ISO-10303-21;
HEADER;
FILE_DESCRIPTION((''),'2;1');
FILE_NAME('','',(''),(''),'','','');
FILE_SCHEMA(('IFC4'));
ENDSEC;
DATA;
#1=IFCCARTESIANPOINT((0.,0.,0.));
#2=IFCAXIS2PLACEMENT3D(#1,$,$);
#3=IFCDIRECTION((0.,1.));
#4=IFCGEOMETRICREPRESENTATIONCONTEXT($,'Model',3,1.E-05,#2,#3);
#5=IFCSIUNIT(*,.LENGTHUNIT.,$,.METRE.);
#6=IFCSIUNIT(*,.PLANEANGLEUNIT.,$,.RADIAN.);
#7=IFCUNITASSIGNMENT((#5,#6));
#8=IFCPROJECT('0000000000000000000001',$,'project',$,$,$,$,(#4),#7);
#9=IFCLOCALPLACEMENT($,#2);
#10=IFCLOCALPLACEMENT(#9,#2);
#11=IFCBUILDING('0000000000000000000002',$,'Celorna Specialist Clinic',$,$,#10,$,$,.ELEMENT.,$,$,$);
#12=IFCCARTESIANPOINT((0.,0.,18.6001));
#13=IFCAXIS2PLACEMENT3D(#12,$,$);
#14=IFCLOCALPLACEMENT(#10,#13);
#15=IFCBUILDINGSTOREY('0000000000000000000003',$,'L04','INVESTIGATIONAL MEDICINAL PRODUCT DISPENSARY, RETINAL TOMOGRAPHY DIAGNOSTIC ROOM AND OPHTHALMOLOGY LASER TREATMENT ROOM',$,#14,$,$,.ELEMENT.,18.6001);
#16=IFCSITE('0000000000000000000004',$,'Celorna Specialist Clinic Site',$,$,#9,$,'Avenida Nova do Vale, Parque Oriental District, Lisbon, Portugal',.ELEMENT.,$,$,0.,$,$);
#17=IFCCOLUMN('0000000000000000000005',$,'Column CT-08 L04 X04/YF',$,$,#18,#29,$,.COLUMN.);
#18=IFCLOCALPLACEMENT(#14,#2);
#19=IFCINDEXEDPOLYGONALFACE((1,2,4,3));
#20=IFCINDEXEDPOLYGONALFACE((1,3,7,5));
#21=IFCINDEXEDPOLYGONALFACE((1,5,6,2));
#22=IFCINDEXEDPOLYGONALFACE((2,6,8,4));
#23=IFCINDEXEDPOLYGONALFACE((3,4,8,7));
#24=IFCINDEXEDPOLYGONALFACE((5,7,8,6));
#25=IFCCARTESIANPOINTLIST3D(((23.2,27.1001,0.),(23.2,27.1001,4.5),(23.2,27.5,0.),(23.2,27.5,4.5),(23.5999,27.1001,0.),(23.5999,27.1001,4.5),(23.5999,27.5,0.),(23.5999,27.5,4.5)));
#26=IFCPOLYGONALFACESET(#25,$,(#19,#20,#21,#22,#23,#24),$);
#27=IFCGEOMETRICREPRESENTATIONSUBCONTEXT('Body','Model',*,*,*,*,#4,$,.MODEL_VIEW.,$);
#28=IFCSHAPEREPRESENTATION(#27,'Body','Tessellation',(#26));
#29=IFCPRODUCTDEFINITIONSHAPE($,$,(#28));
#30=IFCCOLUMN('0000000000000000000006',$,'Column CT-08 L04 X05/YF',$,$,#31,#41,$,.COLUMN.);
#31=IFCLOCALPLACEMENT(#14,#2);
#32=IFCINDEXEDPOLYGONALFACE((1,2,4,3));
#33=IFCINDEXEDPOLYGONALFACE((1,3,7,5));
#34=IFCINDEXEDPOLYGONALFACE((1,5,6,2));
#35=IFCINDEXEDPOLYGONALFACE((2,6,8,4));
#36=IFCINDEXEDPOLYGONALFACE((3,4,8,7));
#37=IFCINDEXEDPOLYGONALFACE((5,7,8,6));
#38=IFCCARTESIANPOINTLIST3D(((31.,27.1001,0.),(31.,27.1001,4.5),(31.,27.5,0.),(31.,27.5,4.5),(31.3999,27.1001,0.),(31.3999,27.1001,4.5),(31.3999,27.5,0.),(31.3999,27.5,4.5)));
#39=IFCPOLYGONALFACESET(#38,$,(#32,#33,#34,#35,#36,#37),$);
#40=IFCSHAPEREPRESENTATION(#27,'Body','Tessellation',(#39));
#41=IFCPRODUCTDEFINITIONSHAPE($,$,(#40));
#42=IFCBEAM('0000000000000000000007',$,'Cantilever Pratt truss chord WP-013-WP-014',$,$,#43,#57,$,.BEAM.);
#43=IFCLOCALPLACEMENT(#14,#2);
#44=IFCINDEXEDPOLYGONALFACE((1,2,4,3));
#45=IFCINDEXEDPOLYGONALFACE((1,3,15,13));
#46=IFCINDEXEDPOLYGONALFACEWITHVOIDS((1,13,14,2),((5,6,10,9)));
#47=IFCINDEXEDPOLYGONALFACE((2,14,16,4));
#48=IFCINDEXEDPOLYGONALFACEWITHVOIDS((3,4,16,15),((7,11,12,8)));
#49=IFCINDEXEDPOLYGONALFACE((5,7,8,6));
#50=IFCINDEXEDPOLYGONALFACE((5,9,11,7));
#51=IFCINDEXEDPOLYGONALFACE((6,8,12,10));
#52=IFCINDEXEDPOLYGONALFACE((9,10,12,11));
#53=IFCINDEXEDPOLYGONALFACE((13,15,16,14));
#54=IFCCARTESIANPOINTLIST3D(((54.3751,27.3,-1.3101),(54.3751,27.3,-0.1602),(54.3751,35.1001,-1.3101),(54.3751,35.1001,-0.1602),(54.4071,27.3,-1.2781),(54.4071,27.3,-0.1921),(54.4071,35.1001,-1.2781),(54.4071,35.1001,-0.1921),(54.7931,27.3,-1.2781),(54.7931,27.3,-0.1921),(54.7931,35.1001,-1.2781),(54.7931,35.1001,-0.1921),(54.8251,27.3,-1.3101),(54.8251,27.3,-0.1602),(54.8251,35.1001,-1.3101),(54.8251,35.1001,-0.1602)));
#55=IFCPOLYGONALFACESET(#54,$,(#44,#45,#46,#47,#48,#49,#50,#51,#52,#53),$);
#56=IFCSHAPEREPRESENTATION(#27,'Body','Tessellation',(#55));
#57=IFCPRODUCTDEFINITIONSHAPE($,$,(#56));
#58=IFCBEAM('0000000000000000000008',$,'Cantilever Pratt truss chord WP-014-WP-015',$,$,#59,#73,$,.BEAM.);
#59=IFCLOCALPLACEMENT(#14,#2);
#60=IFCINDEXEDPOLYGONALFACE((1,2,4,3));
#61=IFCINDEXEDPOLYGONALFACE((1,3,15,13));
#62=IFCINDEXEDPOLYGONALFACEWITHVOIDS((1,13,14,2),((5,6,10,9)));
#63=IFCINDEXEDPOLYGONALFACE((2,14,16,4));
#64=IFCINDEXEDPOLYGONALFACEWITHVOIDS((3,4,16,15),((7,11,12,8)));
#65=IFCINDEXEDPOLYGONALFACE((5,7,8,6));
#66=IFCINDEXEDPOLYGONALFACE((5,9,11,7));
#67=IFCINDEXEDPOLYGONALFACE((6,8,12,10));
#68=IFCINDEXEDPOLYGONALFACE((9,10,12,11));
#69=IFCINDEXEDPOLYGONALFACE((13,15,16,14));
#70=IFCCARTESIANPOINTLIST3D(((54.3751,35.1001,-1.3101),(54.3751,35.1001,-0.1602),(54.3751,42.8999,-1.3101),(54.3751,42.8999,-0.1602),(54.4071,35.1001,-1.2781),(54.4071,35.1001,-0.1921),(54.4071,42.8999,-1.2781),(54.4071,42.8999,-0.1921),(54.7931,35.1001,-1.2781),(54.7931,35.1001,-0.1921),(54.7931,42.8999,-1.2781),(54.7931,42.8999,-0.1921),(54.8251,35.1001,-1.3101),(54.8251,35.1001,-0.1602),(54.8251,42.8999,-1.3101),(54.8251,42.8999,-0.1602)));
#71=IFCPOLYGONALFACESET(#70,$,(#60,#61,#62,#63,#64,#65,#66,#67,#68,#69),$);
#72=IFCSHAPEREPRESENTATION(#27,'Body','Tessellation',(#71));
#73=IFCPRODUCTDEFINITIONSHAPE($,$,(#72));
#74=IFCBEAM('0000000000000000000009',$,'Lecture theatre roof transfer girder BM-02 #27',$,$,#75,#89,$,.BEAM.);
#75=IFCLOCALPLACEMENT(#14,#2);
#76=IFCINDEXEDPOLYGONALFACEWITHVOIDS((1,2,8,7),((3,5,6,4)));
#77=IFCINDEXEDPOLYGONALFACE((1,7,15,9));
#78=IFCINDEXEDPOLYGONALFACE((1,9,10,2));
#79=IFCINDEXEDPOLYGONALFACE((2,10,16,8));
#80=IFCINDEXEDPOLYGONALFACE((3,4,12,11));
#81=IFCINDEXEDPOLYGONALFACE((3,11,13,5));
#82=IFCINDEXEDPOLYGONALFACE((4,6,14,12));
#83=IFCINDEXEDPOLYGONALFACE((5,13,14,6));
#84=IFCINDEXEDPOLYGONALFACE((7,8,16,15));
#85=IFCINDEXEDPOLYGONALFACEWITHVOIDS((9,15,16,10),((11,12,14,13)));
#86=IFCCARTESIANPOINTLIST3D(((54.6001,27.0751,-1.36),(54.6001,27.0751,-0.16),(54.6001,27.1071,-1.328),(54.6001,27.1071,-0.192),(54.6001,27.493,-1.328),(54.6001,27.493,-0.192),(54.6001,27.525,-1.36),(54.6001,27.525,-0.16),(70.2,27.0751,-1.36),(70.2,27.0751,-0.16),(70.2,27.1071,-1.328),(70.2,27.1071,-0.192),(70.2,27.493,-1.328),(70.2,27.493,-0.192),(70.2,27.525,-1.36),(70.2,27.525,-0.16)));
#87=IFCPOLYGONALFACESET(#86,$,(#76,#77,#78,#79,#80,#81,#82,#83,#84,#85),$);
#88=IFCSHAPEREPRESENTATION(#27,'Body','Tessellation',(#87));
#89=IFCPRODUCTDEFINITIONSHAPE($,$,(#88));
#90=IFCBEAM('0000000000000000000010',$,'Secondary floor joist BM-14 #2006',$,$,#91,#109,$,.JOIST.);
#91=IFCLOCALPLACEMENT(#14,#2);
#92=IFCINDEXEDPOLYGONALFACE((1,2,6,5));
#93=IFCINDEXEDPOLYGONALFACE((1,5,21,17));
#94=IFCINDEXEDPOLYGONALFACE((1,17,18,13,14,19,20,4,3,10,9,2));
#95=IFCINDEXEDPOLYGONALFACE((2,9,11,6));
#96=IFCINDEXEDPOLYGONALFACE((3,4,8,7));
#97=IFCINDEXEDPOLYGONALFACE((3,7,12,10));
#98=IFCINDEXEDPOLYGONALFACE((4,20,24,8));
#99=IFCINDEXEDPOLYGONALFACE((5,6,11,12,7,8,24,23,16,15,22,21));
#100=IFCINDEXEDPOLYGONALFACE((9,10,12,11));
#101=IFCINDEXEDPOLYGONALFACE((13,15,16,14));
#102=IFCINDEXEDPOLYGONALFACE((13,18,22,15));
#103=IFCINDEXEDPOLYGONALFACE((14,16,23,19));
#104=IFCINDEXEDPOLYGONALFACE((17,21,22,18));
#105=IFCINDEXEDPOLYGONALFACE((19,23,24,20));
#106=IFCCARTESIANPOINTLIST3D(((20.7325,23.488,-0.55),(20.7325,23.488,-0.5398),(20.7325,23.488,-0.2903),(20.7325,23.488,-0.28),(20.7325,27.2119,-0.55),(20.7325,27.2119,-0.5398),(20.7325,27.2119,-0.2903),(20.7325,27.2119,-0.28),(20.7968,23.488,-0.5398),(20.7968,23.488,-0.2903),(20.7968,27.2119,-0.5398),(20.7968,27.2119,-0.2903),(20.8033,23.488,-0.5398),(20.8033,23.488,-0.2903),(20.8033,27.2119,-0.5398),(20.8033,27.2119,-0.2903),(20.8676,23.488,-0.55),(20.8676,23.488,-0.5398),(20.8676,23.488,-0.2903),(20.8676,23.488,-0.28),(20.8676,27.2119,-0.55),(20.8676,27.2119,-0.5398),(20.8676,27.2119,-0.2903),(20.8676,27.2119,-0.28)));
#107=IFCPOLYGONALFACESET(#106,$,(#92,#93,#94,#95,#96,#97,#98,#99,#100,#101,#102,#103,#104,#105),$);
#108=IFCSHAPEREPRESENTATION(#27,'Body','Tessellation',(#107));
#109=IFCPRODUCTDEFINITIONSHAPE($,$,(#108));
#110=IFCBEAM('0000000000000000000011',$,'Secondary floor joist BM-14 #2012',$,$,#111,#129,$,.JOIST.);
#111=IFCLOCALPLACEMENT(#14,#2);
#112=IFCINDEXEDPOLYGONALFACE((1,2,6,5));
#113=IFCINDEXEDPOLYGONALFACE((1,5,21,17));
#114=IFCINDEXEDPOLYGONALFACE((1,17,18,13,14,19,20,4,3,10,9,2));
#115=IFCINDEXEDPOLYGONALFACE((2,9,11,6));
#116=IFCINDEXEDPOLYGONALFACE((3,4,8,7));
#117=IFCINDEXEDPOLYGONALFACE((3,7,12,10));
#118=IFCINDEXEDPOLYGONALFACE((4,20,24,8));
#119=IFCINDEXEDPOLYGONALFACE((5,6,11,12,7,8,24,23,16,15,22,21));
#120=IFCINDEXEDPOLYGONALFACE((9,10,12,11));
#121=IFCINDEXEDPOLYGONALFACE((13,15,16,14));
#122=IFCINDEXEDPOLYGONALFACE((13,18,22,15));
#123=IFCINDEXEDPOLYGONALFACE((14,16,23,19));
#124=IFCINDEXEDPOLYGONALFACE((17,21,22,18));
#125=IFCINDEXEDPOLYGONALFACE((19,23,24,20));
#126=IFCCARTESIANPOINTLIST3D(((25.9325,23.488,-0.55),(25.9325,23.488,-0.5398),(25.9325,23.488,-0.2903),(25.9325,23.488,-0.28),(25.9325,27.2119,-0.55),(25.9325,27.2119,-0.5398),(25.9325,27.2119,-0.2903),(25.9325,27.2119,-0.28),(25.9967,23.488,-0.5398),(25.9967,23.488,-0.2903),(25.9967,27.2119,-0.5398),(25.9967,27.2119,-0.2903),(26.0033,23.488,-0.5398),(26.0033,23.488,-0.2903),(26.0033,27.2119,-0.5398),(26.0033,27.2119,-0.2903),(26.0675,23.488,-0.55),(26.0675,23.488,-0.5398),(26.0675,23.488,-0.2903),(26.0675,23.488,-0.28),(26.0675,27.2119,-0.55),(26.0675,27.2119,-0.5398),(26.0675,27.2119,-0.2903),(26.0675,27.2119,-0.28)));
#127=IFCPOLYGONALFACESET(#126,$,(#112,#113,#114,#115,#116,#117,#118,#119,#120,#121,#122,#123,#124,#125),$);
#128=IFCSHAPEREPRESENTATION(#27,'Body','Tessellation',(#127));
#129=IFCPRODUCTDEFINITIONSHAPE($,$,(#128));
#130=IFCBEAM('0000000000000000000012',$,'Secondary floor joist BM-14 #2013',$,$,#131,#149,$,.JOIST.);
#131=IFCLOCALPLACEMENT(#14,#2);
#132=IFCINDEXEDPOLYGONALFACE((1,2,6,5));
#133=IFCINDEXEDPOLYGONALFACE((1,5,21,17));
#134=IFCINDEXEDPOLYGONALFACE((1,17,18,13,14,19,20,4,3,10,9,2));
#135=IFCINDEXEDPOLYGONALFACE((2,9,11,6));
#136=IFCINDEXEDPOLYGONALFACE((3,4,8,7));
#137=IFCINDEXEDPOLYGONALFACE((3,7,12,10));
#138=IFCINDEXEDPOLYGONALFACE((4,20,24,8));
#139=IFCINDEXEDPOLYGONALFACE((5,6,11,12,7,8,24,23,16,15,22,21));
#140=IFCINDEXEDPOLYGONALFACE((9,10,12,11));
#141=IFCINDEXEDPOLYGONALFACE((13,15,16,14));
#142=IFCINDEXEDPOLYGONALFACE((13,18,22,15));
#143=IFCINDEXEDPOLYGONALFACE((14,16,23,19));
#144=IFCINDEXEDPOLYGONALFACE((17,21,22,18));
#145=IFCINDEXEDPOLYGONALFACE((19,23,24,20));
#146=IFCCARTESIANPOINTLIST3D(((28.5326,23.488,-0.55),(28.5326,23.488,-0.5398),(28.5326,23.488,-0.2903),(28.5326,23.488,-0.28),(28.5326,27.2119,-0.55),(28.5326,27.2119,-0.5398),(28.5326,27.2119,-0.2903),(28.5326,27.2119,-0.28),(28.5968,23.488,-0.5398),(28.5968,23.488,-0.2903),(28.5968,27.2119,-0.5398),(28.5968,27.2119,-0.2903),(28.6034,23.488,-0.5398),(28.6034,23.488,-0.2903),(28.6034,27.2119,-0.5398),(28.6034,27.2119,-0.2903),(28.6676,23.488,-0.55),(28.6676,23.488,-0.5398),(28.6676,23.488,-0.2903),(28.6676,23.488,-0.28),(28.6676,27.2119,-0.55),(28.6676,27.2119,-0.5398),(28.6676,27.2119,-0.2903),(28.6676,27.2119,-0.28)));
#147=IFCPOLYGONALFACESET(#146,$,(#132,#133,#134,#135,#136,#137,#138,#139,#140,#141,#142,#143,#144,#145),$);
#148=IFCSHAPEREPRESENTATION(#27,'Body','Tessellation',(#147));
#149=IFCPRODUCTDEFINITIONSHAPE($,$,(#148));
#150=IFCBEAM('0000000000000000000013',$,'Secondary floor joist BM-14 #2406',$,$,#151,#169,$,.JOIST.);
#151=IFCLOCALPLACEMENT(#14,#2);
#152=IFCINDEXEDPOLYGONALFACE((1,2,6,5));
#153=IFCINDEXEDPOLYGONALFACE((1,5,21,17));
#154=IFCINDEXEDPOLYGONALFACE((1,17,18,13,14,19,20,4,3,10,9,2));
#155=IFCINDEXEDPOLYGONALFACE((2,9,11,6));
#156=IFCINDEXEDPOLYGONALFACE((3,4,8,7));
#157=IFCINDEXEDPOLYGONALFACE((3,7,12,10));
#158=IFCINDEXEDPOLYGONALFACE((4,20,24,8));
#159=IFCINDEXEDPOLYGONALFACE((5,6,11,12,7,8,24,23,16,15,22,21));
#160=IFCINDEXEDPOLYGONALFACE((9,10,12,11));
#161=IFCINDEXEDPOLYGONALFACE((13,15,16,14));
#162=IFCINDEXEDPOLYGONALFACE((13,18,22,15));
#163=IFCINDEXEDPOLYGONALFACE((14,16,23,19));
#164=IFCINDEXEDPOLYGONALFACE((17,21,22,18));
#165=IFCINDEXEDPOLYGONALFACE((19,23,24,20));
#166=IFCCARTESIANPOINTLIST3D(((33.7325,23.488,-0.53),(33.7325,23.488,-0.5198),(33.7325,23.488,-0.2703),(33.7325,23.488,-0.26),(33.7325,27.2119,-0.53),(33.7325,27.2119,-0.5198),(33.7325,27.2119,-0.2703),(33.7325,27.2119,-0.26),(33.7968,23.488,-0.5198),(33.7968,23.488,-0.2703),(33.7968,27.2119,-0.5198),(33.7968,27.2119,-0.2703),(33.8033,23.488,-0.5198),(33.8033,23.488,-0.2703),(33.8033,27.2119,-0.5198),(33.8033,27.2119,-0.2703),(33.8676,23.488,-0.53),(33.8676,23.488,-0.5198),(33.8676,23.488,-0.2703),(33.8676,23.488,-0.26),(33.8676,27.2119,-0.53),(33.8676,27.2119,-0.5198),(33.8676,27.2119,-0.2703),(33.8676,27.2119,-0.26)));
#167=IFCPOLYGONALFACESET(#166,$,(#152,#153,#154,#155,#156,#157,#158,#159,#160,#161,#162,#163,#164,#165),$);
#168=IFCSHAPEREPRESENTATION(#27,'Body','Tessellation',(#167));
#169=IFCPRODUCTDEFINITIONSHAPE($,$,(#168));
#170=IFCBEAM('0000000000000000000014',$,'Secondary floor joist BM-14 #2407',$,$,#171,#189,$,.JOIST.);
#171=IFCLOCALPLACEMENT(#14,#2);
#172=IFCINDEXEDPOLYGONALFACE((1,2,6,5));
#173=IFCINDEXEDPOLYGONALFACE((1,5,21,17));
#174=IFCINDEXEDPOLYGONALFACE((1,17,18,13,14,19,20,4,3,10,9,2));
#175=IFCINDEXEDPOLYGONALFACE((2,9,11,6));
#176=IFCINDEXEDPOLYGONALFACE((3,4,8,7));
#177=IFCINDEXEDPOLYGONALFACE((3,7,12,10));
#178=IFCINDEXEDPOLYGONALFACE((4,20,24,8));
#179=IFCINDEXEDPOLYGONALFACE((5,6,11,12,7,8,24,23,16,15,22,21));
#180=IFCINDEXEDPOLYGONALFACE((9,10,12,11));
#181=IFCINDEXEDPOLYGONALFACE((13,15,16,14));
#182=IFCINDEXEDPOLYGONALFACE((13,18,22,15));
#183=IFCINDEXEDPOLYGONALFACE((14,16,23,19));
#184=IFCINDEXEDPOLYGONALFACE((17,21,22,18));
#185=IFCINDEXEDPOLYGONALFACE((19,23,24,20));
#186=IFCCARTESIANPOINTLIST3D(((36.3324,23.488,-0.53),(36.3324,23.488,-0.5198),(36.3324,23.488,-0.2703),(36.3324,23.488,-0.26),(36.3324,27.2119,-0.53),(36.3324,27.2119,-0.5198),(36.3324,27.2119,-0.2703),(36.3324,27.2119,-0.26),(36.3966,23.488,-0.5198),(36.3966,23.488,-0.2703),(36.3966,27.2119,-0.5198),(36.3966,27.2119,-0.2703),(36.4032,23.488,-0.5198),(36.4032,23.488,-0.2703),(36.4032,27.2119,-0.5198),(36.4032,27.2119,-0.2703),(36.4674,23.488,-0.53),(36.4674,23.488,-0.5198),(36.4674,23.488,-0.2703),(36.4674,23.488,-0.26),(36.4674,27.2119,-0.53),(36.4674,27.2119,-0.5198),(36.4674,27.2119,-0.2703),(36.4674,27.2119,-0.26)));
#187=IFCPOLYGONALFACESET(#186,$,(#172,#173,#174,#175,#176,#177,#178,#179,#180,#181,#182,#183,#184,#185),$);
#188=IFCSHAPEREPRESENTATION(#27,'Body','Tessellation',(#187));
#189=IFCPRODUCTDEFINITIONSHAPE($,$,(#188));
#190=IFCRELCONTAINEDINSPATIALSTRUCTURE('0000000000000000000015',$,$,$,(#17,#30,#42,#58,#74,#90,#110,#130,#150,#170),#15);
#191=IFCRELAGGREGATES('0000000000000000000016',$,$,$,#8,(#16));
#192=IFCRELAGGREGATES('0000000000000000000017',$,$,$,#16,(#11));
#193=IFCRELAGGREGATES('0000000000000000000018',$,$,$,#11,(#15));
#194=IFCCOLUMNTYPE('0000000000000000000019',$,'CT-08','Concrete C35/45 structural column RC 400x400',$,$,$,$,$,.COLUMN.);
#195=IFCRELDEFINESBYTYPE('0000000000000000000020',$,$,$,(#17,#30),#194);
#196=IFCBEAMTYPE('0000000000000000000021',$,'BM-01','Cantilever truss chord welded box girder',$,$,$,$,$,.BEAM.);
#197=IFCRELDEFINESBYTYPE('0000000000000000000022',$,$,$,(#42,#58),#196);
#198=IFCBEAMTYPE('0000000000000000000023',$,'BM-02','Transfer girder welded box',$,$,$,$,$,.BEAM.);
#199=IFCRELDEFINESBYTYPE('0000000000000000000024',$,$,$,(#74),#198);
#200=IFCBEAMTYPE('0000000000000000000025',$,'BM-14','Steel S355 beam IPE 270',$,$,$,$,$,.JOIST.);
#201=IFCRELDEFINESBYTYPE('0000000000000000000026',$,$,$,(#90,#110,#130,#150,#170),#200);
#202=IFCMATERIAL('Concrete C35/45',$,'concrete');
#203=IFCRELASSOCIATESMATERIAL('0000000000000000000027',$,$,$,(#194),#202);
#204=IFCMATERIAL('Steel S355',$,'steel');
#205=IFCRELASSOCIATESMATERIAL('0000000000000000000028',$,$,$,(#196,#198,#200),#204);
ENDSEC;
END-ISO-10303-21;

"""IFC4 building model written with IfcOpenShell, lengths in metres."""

from ifc_helpers import new_model, si_unit, direction, frame, origin, origin_2d, place, context, subcontext, project, spatial, rectangle, hollow_rectangle, i_section, extrude, material, material_profile, profile_set, type_object, element, save


model = new_model("IFC4")

# Units and contexts
model_context = context("Model", 3, precision=1e-05, world=origin(), true_north=direction((0.0, 1.0)))
body_context = subcontext(model_context, "Body", "Model", "MODEL_VIEW")
ifc_project = project(units=[si_unit("LENGTHUNIT", "METRE"), si_unit("PLANEANGLEUNIT", "RADIAN")], contexts=[model_context])

# Site, building, storey
site_placement = place(None, origin())
site = spatial("IfcSite", under=ifc_project, at=site_placement, Name="Celorna Specialist Clinic Site", LongName="Avenida Nova do Vale, Parque Oriental District, Lisbon, Portugal", CompositionType="ELEMENT", RefElevation=0.0)
building_placement = place(site_placement, origin())
building = spatial("IfcBuilding", under=site, at=building_placement, Name="Celorna Specialist Clinic", CompositionType="ELEMENT")
storey_placement = place(building_placement, frame((0.0, 0.0, 18.6001)))
storey = spatial("IfcBuildingStorey", under=building, at=storey_placement, Name="L04", Description="INVESTIGATIONAL MEDICINAL PRODUCT DISPENSARY, RETINAL TOMOGRAPHY DIAGNOSTIC ROOM AND OPHTHALMOLOGY LASER TREATMENT ROOM", CompositionType="ELEMENT", Elevation=18.6001)

# Columns
ifc_material_1 = material(Name="Concrete C35/45", Category="concrete")
ifc_material_profile_1 = material_profile(ifc_material_1, rectangle(XDim=0.3999, YDim=0.3999, at=origin_2d()), Name="RC 400x400")
ifc_profile_set_1 = profile_set([ifc_material_profile_1], Name="Concrete C35/45")
column_type = type_object("IfcColumnType", Name="CT-08", Description="Concrete C35/45 structural column RC 400x400", PredefinedType="COLUMN", material=ifc_profile_set_1)
for number, where, z_axis, x_axis, name in (
    (1, (23.3999, 27.3, 0.0), (0.0, 0.0, 1.0), (1.0, 0.0, 0.0), "Column CT-08 L04 X04/YF"),
    (2, (31.2, 27.3, 0.0), (0.0, 0.0, 1.0), (1.0, 0.0, 0.0), "Column CT-08 L04 X05/YF"),
):
    element("IfcColumn", number, at=place(storey_placement, frame(where, z_axis=z_axis, x_axis=x_axis)), inside=storey, type_object=column_type, Name=name, PredefinedType="COLUMN", context=body_context, shape_type="SweptSolid", body=[
        extrude(rectangle(XDim=0.3999, YDim=0.3999, at=origin_2d()), origin(), (0.0, 0.0, 1.0), 4.5),
    ])

# Beams
ifc_material_2 = material(Name="Steel S355", Category="steel")
ifc_material_profile_2 = material_profile(ifc_material_2, hollow_rectangle(XDim=0.45, YDim=1.1499, WallThickness=0.032, at=origin_2d()), Name="BOX 450x1150x32")
ifc_profile_set_2 = profile_set([ifc_material_profile_2], Name="Steel S355")
beam_type_1 = type_object("IfcBeamType", Name="BM-01", Description="Cantilever truss chord welded box girder", PredefinedType="BEAM", material=ifc_profile_set_2)
beam_1_placement = place(storey_placement, frame((54.6001, 27.3, -0.7351), z_axis=(0.0, 1.0, 0.0), x_axis=(-1.0, 0.0, 0.0)))
element("IfcBeam", 3, at=beam_1_placement, inside=storey, type_object=beam_type_1, Name="Cantilever Pratt truss chord WP-013-WP-014", PredefinedType="BEAM", context=body_context, shape_type="SweptSolid", body=[
    extrude(hollow_rectangle(XDim=0.45, YDim=1.1499, WallThickness=0.032, at=origin_2d()), origin(), (0.0, 0.0, 1.0), 7.8),
])
beam_2_placement = place(storey_placement, frame((54.6001, 35.1001, -0.7351), z_axis=(0.0, 1.0, 0.0), x_axis=(-1.0, 0.0, 0.0)))
element("IfcBeam", 4, at=beam_2_placement, inside=storey, type_object=beam_type_1, Name="Cantilever Pratt truss chord WP-014-WP-015", PredefinedType="BEAM", context=body_context, shape_type="SweptSolid", body=[
    extrude(hollow_rectangle(XDim=0.45, YDim=1.1499, WallThickness=0.032, at=origin_2d()), origin(), (0.0, 0.0, 1.0), 7.7998),
])
ifc_material_profile_3 = material_profile(ifc_material_2, hollow_rectangle(XDim=0.45, YDim=1.2, WallThickness=0.032, at=origin_2d()), Name="BOX 450x1200x32")
ifc_profile_set_3 = profile_set([ifc_material_profile_3], Name="Steel S355")
beam_type_2 = type_object("IfcBeamType", Name="BM-02", Description="Transfer girder welded box", PredefinedType="BEAM", material=ifc_profile_set_3)
beam_3_placement = place(storey_placement, frame((54.6001, 27.3, -0.76), z_axis=(1.0, 0.0, 0.0), x_axis=(0.0, 1.0, 0.0)))
element("IfcBeam", 5, at=beam_3_placement, inside=storey, type_object=beam_type_2, Name="Lecture theatre roof transfer girder BM-02 #27", PredefinedType="BEAM", context=body_context, shape_type="SweptSolid", body=[
    extrude(hollow_rectangle(XDim=0.45, YDim=1.2, WallThickness=0.032, at=origin_2d()), origin(), (0.0, 0.0, 1.0), 15.5999),
])
ifc_material_profile_4 = material_profile(ifc_material_2, i_section(OverallWidth=0.135, OverallDepth=0.27, WebThickness=0.0066, FlangeThickness=0.0103, at=origin_2d()), Name="IPE 270")
ifc_profile_set_4 = profile_set([ifc_material_profile_4], Name="Steel S355")
beam_type_3 = type_object("IfcBeamType", Name="BM-14", Description="Steel S355 beam IPE 270", PredefinedType="JOIST", material=ifc_profile_set_4)
for number, where, z_axis, x_axis, name in (
    (6, (20.8, 23.488, -0.415), (0.0, 1.0, 0.0), (-1.0, 0.0, 0.0), "Secondary floor joist BM-14 #2006"),
    (7, (26.0, 23.488, -0.415), (0.0, 1.0, 0.0), (-1.0, 0.0, 0.0), "Secondary floor joist BM-14 #2012"),
    (8, (28.6001, 23.488, -0.415), (0.0, 1.0, 0.0), (-1.0, 0.0, 0.0), "Secondary floor joist BM-14 #2013"),
    (9, (33.8, 23.488, -0.395), (0.0, 1.0, 0.0), (-1.0, 0.0, 0.0), "Secondary floor joist BM-14 #2406"),
    (10, (36.3999, 23.488, -0.395), (0.0, 1.0, 0.0), (-1.0, 0.0, 0.0), "Secondary floor joist BM-14 #2407"),
):
    element("IfcBeam", number, at=place(storey_placement, frame(where, z_axis=z_axis, x_axis=x_axis)), inside=storey, type_object=beam_type_3, Name=name, PredefinedType="JOIST", context=body_context, shape_type="SweptSolid", body=[
        extrude(i_section(OverallWidth=0.135, OverallDepth=0.27, WebThickness=0.0066, FlangeThickness=0.0103, at=origin_2d()), origin(), (0.0, 0.0, 1.0), 3.7239),
    ])

save(model, "model.ifc")
